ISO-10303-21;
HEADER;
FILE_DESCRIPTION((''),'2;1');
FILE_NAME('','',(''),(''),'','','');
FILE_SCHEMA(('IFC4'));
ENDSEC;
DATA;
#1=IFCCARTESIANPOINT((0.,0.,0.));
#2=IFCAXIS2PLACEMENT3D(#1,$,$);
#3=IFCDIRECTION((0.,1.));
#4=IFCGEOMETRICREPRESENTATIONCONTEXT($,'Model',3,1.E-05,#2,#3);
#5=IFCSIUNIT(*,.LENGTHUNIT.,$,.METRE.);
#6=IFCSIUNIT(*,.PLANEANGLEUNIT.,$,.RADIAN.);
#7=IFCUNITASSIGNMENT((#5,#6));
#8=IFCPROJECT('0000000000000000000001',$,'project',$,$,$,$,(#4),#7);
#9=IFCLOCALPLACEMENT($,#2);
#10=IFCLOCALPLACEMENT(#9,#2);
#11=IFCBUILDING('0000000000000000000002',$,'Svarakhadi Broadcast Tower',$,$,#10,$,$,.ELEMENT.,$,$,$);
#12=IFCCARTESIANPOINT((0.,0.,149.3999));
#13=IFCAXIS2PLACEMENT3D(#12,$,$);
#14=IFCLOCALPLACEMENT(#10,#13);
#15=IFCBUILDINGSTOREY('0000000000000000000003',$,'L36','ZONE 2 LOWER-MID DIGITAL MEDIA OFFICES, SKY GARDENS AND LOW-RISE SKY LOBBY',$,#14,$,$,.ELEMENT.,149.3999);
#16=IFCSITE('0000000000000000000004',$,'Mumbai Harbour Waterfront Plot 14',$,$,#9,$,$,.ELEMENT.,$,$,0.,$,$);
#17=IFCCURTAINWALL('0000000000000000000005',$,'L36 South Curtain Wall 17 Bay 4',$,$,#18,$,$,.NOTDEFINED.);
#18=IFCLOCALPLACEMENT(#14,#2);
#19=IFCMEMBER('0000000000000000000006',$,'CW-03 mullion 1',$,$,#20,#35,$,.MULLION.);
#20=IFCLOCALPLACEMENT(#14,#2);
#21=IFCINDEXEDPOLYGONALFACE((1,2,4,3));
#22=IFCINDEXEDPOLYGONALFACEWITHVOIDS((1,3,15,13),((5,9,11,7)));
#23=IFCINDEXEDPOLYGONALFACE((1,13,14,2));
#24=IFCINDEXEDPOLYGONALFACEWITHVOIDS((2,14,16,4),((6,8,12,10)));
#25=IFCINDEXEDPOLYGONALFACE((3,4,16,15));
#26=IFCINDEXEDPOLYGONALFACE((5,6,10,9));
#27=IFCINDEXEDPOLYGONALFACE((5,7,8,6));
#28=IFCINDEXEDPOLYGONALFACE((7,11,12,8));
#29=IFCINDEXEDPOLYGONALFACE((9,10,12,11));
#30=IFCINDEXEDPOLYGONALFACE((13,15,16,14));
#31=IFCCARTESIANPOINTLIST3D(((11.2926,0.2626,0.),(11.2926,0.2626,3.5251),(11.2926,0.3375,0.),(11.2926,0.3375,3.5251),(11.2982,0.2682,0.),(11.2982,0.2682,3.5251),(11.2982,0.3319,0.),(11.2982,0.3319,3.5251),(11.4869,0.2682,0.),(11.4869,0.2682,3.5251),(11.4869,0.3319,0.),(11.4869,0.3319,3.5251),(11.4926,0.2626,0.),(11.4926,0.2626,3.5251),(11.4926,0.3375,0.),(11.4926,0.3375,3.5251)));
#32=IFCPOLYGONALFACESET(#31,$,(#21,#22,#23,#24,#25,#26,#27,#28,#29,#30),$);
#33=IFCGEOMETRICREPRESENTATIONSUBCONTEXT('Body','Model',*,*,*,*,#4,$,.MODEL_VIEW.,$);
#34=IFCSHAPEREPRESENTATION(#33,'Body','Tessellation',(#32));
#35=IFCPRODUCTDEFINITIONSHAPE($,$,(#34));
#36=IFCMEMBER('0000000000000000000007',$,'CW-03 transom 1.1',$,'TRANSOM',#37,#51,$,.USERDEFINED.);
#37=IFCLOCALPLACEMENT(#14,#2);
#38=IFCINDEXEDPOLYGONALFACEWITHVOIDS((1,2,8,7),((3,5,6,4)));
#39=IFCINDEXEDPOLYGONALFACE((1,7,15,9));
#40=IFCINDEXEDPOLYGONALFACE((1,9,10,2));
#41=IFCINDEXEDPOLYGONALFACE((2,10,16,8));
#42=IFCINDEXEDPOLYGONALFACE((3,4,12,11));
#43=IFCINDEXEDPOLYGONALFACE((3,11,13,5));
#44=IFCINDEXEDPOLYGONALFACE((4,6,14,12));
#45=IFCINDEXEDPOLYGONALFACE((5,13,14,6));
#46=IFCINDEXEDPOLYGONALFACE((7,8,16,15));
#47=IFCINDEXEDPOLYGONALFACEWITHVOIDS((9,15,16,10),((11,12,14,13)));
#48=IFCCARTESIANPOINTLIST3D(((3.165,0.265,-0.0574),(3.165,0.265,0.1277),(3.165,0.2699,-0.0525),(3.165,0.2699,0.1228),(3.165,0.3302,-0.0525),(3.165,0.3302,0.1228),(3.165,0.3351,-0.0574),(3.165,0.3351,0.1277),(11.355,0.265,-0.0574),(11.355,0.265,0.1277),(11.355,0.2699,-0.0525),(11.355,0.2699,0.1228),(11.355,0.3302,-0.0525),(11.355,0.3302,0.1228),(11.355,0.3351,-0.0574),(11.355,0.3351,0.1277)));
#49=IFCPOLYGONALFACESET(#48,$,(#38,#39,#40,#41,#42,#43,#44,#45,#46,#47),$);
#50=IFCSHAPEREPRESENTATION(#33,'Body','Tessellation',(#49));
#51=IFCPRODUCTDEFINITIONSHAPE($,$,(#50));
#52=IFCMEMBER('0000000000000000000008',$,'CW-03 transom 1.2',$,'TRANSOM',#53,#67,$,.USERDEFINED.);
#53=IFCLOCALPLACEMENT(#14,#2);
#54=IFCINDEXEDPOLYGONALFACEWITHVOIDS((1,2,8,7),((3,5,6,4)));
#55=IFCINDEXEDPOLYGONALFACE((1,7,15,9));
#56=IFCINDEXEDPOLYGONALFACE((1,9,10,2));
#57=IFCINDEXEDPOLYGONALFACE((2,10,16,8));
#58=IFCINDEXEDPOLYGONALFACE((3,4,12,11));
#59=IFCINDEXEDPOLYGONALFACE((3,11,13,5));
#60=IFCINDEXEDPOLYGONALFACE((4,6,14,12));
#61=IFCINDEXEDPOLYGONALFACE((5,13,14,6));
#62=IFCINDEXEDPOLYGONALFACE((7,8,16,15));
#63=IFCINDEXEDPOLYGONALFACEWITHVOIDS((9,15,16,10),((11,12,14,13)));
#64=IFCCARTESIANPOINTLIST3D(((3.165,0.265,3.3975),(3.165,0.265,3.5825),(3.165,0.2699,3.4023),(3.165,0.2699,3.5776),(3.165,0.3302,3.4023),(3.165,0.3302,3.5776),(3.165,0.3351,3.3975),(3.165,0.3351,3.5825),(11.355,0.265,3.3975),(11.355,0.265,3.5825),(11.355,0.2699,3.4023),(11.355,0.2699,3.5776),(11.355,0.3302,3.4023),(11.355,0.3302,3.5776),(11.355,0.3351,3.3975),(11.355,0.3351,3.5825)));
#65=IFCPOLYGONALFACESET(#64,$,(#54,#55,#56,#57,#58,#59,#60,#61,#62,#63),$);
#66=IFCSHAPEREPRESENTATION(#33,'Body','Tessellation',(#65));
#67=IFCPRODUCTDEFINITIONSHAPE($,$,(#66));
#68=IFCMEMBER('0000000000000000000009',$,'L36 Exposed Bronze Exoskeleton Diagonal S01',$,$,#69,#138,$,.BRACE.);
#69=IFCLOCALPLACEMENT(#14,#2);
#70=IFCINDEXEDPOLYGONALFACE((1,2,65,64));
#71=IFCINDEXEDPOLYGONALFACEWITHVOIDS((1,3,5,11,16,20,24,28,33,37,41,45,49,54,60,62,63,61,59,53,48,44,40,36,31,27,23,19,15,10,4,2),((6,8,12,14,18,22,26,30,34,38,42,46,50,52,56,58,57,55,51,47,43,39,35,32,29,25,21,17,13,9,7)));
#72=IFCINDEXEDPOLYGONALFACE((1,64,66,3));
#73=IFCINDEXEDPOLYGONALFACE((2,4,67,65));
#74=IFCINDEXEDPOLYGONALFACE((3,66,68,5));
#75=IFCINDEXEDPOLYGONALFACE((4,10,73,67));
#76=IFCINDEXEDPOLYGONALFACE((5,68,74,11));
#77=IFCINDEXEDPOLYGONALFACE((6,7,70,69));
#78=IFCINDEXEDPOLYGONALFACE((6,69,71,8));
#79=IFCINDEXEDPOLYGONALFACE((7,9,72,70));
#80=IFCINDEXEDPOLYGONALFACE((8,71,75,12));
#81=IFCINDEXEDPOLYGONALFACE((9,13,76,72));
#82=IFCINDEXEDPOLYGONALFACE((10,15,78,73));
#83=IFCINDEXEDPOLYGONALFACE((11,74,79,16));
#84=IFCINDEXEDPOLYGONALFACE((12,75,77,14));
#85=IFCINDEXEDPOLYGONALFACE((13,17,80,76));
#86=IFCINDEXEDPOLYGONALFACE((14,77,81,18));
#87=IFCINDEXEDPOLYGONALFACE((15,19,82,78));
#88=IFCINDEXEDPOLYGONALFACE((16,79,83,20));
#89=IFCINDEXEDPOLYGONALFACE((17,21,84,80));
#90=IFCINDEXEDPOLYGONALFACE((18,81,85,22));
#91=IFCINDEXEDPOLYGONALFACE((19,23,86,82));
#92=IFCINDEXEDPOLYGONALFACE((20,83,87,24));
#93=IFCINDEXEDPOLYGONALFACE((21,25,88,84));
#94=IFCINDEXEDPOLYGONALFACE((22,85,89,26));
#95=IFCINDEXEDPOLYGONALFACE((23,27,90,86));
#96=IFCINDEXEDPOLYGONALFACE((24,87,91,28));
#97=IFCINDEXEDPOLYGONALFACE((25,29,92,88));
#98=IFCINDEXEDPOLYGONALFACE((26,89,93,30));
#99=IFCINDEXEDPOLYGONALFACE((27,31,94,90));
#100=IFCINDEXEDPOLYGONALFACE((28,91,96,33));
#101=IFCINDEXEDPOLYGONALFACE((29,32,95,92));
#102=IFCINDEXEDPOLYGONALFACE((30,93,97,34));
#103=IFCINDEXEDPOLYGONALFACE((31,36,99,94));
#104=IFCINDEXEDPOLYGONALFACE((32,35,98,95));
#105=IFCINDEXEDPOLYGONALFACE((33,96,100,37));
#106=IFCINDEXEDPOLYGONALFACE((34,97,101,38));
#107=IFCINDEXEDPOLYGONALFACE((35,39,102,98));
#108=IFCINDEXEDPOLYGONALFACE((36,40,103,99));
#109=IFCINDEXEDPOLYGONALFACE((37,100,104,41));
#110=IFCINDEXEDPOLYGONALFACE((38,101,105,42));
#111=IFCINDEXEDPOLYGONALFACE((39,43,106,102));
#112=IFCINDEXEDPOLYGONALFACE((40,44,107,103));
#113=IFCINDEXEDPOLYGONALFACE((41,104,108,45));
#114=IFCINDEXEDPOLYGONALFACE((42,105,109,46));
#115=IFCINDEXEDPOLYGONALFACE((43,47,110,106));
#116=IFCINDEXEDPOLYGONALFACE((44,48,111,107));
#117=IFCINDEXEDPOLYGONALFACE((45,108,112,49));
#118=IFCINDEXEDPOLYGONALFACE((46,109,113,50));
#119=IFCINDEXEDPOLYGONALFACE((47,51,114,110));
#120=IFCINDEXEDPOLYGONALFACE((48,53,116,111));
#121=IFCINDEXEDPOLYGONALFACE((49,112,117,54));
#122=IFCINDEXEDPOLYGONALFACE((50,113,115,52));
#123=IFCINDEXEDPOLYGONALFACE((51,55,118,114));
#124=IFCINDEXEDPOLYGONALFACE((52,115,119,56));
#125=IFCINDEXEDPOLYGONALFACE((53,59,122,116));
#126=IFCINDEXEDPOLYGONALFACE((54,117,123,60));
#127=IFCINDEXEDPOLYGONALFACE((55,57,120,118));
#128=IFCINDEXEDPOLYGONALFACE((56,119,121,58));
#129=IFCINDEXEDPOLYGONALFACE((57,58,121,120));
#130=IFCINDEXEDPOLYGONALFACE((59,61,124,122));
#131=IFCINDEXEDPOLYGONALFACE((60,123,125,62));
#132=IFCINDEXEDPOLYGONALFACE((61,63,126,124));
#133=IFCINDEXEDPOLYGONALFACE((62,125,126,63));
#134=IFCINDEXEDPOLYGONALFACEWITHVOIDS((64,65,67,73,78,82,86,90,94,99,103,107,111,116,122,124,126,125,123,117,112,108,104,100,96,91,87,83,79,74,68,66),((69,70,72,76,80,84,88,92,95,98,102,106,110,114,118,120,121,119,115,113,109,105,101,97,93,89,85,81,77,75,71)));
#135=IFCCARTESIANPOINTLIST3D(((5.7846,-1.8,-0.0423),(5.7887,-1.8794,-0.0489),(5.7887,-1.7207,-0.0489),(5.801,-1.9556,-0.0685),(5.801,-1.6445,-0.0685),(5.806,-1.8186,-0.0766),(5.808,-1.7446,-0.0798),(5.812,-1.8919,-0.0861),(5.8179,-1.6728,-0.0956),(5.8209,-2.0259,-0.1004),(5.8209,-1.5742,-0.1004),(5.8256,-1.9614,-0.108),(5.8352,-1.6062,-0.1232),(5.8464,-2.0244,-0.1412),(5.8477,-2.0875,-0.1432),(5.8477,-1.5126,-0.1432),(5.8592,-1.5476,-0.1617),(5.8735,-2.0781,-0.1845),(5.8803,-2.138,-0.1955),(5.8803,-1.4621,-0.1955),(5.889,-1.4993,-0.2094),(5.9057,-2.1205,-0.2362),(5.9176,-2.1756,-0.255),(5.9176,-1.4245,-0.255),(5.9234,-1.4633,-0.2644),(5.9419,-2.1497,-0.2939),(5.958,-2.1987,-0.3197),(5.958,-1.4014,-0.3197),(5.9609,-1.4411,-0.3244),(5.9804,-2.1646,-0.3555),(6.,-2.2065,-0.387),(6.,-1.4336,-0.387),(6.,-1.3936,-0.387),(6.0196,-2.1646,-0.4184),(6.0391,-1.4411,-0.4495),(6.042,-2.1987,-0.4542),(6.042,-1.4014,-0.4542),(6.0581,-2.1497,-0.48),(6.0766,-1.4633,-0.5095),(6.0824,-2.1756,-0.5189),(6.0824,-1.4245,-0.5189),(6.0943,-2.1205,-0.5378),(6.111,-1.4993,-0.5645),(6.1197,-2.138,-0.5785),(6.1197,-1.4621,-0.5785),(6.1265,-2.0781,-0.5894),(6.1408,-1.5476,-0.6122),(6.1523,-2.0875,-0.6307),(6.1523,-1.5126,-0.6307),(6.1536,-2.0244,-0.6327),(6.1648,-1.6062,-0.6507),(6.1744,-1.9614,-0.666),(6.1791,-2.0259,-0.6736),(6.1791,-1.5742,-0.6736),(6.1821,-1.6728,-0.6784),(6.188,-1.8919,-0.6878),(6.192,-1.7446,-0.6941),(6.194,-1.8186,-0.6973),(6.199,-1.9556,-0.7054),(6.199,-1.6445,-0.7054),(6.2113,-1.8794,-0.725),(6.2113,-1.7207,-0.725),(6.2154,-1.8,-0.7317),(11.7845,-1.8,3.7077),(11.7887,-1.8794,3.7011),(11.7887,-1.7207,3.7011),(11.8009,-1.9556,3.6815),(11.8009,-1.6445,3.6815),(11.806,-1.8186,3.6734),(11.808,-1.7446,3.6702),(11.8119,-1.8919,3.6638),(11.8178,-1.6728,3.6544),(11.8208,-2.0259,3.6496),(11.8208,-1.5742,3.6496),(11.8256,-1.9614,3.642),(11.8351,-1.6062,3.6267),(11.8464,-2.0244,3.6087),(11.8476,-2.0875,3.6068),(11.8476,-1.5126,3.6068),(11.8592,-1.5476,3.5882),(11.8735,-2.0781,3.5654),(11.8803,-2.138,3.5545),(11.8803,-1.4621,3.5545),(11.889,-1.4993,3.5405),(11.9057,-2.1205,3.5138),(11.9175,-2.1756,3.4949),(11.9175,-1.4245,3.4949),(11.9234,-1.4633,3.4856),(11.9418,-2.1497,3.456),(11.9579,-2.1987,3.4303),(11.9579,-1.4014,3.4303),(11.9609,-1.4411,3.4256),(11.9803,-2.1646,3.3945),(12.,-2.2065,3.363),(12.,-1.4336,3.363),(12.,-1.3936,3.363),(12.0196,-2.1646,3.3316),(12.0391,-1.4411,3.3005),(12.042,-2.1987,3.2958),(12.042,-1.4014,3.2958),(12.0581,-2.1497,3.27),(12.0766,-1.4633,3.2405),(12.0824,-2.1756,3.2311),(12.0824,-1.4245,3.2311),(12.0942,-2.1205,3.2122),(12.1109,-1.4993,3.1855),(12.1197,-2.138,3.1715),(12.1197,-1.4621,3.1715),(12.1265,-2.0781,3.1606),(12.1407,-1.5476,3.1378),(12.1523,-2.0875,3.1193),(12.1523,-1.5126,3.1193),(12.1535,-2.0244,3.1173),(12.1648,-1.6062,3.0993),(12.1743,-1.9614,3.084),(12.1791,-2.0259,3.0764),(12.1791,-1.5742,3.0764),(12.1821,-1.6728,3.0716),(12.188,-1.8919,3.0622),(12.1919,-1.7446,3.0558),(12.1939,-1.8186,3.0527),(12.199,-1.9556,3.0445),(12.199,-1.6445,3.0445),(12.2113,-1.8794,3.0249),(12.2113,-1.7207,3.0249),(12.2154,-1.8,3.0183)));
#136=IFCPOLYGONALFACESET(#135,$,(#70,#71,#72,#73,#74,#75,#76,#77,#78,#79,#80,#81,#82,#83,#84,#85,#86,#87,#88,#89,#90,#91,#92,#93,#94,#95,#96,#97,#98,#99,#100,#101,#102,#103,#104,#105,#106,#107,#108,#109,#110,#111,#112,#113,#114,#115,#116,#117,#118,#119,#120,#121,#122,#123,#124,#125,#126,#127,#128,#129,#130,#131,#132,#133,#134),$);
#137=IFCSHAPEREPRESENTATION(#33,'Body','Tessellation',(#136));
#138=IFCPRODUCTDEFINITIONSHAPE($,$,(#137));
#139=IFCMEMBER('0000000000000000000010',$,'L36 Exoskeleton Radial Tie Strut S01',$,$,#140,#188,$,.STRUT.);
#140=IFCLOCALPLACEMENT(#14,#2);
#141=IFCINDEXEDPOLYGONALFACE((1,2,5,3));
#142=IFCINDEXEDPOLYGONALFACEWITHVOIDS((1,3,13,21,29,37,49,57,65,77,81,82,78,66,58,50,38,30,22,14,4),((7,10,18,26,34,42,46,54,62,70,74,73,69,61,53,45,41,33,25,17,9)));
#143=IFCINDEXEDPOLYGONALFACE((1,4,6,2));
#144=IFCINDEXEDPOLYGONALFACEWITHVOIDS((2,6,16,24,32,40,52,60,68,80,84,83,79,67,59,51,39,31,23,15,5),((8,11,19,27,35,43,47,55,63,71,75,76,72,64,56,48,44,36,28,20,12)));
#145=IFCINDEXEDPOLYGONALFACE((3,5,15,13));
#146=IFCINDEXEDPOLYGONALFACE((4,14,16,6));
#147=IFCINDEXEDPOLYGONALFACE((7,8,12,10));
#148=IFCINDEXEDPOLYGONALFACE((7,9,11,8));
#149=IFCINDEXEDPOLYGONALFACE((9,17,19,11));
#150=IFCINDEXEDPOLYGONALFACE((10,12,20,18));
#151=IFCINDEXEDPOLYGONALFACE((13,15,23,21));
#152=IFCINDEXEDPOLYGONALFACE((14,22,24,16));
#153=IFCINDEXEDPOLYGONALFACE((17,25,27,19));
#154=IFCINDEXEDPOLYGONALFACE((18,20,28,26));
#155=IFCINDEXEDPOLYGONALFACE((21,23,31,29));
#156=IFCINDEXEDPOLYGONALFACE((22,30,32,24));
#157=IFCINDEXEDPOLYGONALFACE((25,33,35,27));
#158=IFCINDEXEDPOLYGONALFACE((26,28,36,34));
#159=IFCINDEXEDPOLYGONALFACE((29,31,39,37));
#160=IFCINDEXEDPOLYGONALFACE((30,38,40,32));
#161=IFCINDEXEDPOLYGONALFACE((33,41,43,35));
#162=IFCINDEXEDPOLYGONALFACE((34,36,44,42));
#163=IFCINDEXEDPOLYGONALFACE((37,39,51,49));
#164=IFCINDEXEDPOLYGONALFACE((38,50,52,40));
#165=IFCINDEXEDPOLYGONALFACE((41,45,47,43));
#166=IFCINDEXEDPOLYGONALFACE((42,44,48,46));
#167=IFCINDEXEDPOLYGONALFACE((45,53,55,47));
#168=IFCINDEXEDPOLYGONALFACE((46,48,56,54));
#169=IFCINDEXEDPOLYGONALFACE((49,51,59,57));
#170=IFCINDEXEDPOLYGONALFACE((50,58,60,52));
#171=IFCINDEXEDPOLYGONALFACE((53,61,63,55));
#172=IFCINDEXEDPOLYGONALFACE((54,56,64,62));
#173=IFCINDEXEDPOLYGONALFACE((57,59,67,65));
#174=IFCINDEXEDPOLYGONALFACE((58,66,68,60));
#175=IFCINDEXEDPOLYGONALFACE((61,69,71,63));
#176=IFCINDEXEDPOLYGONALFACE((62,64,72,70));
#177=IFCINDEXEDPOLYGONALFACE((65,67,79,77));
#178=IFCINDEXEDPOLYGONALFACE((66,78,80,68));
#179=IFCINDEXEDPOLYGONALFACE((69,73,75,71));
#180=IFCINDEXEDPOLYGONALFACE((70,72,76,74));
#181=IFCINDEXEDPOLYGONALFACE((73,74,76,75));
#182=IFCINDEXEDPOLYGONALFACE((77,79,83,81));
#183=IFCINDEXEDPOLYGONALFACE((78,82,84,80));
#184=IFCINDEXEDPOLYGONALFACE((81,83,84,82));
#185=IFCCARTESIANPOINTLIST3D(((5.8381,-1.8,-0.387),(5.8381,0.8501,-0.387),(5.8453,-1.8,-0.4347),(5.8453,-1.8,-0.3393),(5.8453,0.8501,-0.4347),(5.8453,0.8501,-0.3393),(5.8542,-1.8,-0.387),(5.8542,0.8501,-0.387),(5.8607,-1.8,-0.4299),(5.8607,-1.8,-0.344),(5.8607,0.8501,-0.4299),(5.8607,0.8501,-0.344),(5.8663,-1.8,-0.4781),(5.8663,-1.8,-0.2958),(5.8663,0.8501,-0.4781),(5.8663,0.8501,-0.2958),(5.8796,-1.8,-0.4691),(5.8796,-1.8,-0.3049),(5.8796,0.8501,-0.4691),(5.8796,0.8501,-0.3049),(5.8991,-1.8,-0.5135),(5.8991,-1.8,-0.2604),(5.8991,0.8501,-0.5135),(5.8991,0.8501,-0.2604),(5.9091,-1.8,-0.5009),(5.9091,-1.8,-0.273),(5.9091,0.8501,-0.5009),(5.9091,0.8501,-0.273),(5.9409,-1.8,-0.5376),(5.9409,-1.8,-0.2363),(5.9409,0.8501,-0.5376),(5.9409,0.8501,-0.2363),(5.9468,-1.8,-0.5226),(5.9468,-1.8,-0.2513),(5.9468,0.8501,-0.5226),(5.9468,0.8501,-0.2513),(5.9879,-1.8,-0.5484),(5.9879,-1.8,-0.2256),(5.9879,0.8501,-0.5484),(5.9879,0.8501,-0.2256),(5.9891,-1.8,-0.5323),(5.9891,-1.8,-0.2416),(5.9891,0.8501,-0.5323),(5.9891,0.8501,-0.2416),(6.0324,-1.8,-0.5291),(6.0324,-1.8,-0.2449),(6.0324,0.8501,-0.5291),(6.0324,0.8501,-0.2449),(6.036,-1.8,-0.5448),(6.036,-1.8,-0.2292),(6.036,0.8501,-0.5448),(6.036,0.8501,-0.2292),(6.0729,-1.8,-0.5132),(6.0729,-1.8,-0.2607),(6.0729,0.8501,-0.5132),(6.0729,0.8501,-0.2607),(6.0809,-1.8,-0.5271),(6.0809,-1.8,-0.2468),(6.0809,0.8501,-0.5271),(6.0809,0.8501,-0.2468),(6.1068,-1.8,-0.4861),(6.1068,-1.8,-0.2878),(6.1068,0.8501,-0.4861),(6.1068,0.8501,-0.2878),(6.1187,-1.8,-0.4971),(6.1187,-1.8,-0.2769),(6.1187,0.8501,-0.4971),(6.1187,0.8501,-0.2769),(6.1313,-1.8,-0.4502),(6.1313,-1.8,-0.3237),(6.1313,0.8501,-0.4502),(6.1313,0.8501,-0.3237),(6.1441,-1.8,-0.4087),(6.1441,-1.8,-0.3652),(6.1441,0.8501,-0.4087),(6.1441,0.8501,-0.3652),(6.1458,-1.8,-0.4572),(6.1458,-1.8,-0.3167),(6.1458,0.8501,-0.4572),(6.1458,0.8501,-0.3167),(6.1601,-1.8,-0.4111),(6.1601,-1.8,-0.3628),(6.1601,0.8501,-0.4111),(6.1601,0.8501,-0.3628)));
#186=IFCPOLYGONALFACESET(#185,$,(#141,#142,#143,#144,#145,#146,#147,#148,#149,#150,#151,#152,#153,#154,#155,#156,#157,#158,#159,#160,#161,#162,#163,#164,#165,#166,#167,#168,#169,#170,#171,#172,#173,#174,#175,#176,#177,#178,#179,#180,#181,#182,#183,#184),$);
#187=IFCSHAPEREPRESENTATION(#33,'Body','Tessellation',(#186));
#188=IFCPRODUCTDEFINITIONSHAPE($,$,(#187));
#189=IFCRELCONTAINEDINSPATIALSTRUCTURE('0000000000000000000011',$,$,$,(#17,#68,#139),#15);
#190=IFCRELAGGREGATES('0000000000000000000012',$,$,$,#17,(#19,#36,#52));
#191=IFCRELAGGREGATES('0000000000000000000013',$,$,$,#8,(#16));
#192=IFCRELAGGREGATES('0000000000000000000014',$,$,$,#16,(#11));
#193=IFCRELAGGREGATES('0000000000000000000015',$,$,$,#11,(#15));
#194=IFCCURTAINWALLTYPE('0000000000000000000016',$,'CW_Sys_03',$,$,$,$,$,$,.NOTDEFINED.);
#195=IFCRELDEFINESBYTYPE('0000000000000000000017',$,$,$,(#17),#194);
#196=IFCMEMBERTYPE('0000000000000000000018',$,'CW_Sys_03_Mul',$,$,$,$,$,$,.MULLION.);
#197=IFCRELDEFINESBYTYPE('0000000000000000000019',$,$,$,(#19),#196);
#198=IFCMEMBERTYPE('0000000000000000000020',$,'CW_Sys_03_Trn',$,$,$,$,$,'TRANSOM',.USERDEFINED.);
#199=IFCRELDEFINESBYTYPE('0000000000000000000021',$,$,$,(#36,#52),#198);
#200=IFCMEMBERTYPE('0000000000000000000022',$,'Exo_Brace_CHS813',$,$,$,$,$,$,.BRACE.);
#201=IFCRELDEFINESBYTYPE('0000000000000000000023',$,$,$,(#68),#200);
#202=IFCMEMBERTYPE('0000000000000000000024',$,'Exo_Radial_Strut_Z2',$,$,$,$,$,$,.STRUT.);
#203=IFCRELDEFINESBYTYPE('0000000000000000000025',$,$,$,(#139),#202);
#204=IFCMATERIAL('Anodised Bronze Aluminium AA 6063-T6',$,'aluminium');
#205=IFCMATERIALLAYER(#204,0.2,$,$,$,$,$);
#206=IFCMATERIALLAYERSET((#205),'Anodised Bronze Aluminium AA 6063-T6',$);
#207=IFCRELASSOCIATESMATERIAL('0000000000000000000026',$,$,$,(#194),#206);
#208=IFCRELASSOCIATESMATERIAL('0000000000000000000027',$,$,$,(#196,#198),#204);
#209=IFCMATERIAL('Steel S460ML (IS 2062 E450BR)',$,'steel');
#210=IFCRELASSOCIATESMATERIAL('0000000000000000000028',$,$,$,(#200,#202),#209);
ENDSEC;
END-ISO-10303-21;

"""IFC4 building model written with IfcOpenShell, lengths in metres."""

from ifc_helpers import new_model, si_unit, direction, frame, origin, origin_2d, place, context, subcontext, project, spatial, hollow_rectangle, hollow_circle, extrude, material, layer, layer_set, material_profile, profile_set, type_object, element, aggregate, save


model = new_model("IFC4")

# Units and contexts
model_context = context("Model", 3, precision=1e-05, world=origin(), true_north=direction((0.0, 1.0)))
body_context = subcontext(model_context, "Body", "Model", "MODEL_VIEW")
ifc_project = project(units=[si_unit("LENGTHUNIT", "METRE"), si_unit("PLANEANGLEUNIT", "RADIAN")], contexts=[model_context])

# Site, building, storey
site_placement = place(None, origin())
site = spatial("IfcSite", under=ifc_project, at=site_placement, Name="Mumbai Harbour Waterfront Plot 14", CompositionType="ELEMENT", RefElevation=0.0)
building_placement = place(site_placement, origin())
building = spatial("IfcBuilding", under=site, at=building_placement, Name="Svarakhadi Broadcast Tower", CompositionType="ELEMENT")
storey_placement = place(building_placement, frame((0.0, 0.0, 149.3999)))
storey = spatial("IfcBuildingStorey", under=building, at=storey_placement, Name="L36", Description="ZONE 2 LOWER-MID DIGITAL MEDIA OFFICES, SKY GARDENS AND LOW-RISE SKY LOBBY", CompositionType="ELEMENT", Elevation=149.3999)

# Shared definitions
ifc_material_1 = material(Name="Steel S460ML (IS 2062 E450BR)", Category="steel")

# Shared definitions
ifc_material_2 = material(Name="Anodised Bronze Aluminium AA 6063-T6", Category="aluminium")
ifc_layer_1 = layer(ifc_material_2, 0.2)
ifc_layer_set_1 = layer_set([ifc_layer_1], Name="Anodised Bronze Aluminium AA 6063-T6")
curtain_wall_type = type_object("IfcCurtainWallType", Name="CW_Sys_03", PredefinedType="NOTDEFINED", material=ifc_layer_set_1)
ifc_material_profile_1 = material_profile(ifc_material_2, hollow_rectangle(XDim=0.075, YDim=0.2, WallThickness=0.0056, at=origin_2d()), Name="ALU MULLION 200x75x6")
ifc_profile_set_1 = profile_set([ifc_material_profile_1], Name="Anodised Bronze Aluminium AA 6063-T6")
member_type_1 = type_object("IfcMemberType", Name="CW_Sys_03_Mul", PredefinedType="MULLION", material=ifc_profile_set_1)

# Curtain wall, members
curtain_wall_1_placement = place(storey_placement, origin())
curtain_wall_1 = element("IfcCurtainWall", 1, at=curtain_wall_1_placement, inside=storey, type_object=curtain_wall_type, Name="L36 South Curtain Wall 17 Bay 4", PredefinedType="NOTDEFINED")
member_1_placement = place(storey_placement, frame((11.3926, 0.3, 0.0), z_axis=(0.0, 0.0, 1.0), x_axis=(0.0, -1.0, 0.0)))
member_1 = element("IfcMember", 2, at=member_1_placement, type_object=member_type_1, Name="CW-03 mullion 1", PredefinedType="MULLION", context=body_context, shape_type="SweptSolid", body=[
    extrude(hollow_rectangle(XDim=0.075, YDim=0.2, WallThickness=0.0056, at=origin_2d()), origin(), (0.0, 0.0, 1.0), 3.5251),
])
ifc_material_profile_2 = material_profile(ifc_material_2, hollow_rectangle(XDim=0.0701, YDim=0.1851, WallThickness=0.0049, at=origin_2d()), Name="ALU TRANSOM 185x70x5")
ifc_profile_set_2 = profile_set([ifc_material_profile_2], Name="Anodised Bronze Aluminium AA 6063-T6")
member_type_2 = type_object("IfcMemberType", Name="CW_Sys_03_Trn", ElementType="TRANSOM", PredefinedType="USERDEFINED", material=ifc_profile_set_2)
member_2_placement = place(storey_placement, frame((11.355, 0.3, 0.0352), z_axis=(-1.0, 0.0, 0.0), x_axis=(0.0, -1.0, 0.0)))
member_2 = element("IfcMember", 3, at=member_2_placement, type_object=member_type_2, Name="CW-03 transom 1.1", ObjectType="TRANSOM", PredefinedType="USERDEFINED", context=body_context, shape_type="SweptSolid", body=[
    extrude(hollow_rectangle(XDim=0.0701, YDim=0.1851, WallThickness=0.0049, at=origin_2d()), origin(), (0.0, 0.0, 1.0), 8.1899),
])
member_3_placement = place(storey_placement, frame((11.355, 0.3, 3.49), z_axis=(-1.0, 0.0, 0.0), x_axis=(0.0, -1.0, 0.0)))
member_3 = element("IfcMember", 4, at=member_3_placement, type_object=member_type_2, Name="CW-03 transom 1.2", ObjectType="TRANSOM", PredefinedType="USERDEFINED", context=body_context, shape_type="SweptSolid", body=[
    extrude(hollow_rectangle(XDim=0.0701, YDim=0.1851, WallThickness=0.0049, at=origin_2d()), origin(), (0.0, 0.0, 1.0), 8.1899),
])

# Members
ifc_material_profile_3 = material_profile(ifc_material_1, hollow_circle(Radius=0.4065, WallThickness=0.04, at=origin_2d()), Name="CHS 813x40")
ifc_profile_set_3 = profile_set([ifc_material_profile_3], Name="Steel S460ML (IS 2062 E450BR)")
member_type_3 = type_object("IfcMemberType", Name="Exo_Brace_CHS813", PredefinedType="BRACE", material=ifc_profile_set_3)
member_4_placement = place(storey_placement, frame((6.0, -1.8, -0.387), z_axis=(0.847998, 0.0, 0.529999), x_axis=(0.0, 1.0, 0.0)))
element("IfcMember", 5, at=member_4_placement, inside=storey, type_object=member_type_3, Name="L36 Exposed Bronze Exoskeleton Diagonal S01", PredefinedType="BRACE", context=body_context, shape_type="SweptSolid", body=[
    extrude(hollow_circle(Radius=0.4065, WallThickness=0.04, at=origin_2d()), origin(), (0.0, 0.0, 1.0), 7.0754),
])
ifc_material_profile_4 = material_profile(ifc_material_1, hollow_circle(Radius=0.1619, WallThickness=0.0161, at=origin_2d()), Name="CHS 323.9x16")
ifc_profile_set_4 = profile_set([ifc_material_profile_4], Name="Steel S460ML (IS 2062 E450BR)")
member_type_4 = type_object("IfcMemberType", Name="Exo_Radial_Strut_Z2", PredefinedType="STRUT", material=ifc_profile_set_4)
member_5_placement = place(storey_placement, frame((6.0, -1.8, -0.387), z_axis=(0.0, 1.0, 0.0), x_axis=(-1.0, 0.0, 0.0)))
element("IfcMember", 6, at=member_5_placement, inside=storey, type_object=member_type_4, Name="L36 Exoskeleton Radial Tie Strut S01", PredefinedType="STRUT", context=body_context, shape_type="SweptSolid", body=[
    extrude(hollow_circle(Radius=0.1619, WallThickness=0.0161, at=origin_2d()), origin(), (0.0, 0.0, 1.0), 2.6501),
])

aggregate(curtain_wall_1, [member_1, member_2, member_3])

save(model, "model.ifc")
